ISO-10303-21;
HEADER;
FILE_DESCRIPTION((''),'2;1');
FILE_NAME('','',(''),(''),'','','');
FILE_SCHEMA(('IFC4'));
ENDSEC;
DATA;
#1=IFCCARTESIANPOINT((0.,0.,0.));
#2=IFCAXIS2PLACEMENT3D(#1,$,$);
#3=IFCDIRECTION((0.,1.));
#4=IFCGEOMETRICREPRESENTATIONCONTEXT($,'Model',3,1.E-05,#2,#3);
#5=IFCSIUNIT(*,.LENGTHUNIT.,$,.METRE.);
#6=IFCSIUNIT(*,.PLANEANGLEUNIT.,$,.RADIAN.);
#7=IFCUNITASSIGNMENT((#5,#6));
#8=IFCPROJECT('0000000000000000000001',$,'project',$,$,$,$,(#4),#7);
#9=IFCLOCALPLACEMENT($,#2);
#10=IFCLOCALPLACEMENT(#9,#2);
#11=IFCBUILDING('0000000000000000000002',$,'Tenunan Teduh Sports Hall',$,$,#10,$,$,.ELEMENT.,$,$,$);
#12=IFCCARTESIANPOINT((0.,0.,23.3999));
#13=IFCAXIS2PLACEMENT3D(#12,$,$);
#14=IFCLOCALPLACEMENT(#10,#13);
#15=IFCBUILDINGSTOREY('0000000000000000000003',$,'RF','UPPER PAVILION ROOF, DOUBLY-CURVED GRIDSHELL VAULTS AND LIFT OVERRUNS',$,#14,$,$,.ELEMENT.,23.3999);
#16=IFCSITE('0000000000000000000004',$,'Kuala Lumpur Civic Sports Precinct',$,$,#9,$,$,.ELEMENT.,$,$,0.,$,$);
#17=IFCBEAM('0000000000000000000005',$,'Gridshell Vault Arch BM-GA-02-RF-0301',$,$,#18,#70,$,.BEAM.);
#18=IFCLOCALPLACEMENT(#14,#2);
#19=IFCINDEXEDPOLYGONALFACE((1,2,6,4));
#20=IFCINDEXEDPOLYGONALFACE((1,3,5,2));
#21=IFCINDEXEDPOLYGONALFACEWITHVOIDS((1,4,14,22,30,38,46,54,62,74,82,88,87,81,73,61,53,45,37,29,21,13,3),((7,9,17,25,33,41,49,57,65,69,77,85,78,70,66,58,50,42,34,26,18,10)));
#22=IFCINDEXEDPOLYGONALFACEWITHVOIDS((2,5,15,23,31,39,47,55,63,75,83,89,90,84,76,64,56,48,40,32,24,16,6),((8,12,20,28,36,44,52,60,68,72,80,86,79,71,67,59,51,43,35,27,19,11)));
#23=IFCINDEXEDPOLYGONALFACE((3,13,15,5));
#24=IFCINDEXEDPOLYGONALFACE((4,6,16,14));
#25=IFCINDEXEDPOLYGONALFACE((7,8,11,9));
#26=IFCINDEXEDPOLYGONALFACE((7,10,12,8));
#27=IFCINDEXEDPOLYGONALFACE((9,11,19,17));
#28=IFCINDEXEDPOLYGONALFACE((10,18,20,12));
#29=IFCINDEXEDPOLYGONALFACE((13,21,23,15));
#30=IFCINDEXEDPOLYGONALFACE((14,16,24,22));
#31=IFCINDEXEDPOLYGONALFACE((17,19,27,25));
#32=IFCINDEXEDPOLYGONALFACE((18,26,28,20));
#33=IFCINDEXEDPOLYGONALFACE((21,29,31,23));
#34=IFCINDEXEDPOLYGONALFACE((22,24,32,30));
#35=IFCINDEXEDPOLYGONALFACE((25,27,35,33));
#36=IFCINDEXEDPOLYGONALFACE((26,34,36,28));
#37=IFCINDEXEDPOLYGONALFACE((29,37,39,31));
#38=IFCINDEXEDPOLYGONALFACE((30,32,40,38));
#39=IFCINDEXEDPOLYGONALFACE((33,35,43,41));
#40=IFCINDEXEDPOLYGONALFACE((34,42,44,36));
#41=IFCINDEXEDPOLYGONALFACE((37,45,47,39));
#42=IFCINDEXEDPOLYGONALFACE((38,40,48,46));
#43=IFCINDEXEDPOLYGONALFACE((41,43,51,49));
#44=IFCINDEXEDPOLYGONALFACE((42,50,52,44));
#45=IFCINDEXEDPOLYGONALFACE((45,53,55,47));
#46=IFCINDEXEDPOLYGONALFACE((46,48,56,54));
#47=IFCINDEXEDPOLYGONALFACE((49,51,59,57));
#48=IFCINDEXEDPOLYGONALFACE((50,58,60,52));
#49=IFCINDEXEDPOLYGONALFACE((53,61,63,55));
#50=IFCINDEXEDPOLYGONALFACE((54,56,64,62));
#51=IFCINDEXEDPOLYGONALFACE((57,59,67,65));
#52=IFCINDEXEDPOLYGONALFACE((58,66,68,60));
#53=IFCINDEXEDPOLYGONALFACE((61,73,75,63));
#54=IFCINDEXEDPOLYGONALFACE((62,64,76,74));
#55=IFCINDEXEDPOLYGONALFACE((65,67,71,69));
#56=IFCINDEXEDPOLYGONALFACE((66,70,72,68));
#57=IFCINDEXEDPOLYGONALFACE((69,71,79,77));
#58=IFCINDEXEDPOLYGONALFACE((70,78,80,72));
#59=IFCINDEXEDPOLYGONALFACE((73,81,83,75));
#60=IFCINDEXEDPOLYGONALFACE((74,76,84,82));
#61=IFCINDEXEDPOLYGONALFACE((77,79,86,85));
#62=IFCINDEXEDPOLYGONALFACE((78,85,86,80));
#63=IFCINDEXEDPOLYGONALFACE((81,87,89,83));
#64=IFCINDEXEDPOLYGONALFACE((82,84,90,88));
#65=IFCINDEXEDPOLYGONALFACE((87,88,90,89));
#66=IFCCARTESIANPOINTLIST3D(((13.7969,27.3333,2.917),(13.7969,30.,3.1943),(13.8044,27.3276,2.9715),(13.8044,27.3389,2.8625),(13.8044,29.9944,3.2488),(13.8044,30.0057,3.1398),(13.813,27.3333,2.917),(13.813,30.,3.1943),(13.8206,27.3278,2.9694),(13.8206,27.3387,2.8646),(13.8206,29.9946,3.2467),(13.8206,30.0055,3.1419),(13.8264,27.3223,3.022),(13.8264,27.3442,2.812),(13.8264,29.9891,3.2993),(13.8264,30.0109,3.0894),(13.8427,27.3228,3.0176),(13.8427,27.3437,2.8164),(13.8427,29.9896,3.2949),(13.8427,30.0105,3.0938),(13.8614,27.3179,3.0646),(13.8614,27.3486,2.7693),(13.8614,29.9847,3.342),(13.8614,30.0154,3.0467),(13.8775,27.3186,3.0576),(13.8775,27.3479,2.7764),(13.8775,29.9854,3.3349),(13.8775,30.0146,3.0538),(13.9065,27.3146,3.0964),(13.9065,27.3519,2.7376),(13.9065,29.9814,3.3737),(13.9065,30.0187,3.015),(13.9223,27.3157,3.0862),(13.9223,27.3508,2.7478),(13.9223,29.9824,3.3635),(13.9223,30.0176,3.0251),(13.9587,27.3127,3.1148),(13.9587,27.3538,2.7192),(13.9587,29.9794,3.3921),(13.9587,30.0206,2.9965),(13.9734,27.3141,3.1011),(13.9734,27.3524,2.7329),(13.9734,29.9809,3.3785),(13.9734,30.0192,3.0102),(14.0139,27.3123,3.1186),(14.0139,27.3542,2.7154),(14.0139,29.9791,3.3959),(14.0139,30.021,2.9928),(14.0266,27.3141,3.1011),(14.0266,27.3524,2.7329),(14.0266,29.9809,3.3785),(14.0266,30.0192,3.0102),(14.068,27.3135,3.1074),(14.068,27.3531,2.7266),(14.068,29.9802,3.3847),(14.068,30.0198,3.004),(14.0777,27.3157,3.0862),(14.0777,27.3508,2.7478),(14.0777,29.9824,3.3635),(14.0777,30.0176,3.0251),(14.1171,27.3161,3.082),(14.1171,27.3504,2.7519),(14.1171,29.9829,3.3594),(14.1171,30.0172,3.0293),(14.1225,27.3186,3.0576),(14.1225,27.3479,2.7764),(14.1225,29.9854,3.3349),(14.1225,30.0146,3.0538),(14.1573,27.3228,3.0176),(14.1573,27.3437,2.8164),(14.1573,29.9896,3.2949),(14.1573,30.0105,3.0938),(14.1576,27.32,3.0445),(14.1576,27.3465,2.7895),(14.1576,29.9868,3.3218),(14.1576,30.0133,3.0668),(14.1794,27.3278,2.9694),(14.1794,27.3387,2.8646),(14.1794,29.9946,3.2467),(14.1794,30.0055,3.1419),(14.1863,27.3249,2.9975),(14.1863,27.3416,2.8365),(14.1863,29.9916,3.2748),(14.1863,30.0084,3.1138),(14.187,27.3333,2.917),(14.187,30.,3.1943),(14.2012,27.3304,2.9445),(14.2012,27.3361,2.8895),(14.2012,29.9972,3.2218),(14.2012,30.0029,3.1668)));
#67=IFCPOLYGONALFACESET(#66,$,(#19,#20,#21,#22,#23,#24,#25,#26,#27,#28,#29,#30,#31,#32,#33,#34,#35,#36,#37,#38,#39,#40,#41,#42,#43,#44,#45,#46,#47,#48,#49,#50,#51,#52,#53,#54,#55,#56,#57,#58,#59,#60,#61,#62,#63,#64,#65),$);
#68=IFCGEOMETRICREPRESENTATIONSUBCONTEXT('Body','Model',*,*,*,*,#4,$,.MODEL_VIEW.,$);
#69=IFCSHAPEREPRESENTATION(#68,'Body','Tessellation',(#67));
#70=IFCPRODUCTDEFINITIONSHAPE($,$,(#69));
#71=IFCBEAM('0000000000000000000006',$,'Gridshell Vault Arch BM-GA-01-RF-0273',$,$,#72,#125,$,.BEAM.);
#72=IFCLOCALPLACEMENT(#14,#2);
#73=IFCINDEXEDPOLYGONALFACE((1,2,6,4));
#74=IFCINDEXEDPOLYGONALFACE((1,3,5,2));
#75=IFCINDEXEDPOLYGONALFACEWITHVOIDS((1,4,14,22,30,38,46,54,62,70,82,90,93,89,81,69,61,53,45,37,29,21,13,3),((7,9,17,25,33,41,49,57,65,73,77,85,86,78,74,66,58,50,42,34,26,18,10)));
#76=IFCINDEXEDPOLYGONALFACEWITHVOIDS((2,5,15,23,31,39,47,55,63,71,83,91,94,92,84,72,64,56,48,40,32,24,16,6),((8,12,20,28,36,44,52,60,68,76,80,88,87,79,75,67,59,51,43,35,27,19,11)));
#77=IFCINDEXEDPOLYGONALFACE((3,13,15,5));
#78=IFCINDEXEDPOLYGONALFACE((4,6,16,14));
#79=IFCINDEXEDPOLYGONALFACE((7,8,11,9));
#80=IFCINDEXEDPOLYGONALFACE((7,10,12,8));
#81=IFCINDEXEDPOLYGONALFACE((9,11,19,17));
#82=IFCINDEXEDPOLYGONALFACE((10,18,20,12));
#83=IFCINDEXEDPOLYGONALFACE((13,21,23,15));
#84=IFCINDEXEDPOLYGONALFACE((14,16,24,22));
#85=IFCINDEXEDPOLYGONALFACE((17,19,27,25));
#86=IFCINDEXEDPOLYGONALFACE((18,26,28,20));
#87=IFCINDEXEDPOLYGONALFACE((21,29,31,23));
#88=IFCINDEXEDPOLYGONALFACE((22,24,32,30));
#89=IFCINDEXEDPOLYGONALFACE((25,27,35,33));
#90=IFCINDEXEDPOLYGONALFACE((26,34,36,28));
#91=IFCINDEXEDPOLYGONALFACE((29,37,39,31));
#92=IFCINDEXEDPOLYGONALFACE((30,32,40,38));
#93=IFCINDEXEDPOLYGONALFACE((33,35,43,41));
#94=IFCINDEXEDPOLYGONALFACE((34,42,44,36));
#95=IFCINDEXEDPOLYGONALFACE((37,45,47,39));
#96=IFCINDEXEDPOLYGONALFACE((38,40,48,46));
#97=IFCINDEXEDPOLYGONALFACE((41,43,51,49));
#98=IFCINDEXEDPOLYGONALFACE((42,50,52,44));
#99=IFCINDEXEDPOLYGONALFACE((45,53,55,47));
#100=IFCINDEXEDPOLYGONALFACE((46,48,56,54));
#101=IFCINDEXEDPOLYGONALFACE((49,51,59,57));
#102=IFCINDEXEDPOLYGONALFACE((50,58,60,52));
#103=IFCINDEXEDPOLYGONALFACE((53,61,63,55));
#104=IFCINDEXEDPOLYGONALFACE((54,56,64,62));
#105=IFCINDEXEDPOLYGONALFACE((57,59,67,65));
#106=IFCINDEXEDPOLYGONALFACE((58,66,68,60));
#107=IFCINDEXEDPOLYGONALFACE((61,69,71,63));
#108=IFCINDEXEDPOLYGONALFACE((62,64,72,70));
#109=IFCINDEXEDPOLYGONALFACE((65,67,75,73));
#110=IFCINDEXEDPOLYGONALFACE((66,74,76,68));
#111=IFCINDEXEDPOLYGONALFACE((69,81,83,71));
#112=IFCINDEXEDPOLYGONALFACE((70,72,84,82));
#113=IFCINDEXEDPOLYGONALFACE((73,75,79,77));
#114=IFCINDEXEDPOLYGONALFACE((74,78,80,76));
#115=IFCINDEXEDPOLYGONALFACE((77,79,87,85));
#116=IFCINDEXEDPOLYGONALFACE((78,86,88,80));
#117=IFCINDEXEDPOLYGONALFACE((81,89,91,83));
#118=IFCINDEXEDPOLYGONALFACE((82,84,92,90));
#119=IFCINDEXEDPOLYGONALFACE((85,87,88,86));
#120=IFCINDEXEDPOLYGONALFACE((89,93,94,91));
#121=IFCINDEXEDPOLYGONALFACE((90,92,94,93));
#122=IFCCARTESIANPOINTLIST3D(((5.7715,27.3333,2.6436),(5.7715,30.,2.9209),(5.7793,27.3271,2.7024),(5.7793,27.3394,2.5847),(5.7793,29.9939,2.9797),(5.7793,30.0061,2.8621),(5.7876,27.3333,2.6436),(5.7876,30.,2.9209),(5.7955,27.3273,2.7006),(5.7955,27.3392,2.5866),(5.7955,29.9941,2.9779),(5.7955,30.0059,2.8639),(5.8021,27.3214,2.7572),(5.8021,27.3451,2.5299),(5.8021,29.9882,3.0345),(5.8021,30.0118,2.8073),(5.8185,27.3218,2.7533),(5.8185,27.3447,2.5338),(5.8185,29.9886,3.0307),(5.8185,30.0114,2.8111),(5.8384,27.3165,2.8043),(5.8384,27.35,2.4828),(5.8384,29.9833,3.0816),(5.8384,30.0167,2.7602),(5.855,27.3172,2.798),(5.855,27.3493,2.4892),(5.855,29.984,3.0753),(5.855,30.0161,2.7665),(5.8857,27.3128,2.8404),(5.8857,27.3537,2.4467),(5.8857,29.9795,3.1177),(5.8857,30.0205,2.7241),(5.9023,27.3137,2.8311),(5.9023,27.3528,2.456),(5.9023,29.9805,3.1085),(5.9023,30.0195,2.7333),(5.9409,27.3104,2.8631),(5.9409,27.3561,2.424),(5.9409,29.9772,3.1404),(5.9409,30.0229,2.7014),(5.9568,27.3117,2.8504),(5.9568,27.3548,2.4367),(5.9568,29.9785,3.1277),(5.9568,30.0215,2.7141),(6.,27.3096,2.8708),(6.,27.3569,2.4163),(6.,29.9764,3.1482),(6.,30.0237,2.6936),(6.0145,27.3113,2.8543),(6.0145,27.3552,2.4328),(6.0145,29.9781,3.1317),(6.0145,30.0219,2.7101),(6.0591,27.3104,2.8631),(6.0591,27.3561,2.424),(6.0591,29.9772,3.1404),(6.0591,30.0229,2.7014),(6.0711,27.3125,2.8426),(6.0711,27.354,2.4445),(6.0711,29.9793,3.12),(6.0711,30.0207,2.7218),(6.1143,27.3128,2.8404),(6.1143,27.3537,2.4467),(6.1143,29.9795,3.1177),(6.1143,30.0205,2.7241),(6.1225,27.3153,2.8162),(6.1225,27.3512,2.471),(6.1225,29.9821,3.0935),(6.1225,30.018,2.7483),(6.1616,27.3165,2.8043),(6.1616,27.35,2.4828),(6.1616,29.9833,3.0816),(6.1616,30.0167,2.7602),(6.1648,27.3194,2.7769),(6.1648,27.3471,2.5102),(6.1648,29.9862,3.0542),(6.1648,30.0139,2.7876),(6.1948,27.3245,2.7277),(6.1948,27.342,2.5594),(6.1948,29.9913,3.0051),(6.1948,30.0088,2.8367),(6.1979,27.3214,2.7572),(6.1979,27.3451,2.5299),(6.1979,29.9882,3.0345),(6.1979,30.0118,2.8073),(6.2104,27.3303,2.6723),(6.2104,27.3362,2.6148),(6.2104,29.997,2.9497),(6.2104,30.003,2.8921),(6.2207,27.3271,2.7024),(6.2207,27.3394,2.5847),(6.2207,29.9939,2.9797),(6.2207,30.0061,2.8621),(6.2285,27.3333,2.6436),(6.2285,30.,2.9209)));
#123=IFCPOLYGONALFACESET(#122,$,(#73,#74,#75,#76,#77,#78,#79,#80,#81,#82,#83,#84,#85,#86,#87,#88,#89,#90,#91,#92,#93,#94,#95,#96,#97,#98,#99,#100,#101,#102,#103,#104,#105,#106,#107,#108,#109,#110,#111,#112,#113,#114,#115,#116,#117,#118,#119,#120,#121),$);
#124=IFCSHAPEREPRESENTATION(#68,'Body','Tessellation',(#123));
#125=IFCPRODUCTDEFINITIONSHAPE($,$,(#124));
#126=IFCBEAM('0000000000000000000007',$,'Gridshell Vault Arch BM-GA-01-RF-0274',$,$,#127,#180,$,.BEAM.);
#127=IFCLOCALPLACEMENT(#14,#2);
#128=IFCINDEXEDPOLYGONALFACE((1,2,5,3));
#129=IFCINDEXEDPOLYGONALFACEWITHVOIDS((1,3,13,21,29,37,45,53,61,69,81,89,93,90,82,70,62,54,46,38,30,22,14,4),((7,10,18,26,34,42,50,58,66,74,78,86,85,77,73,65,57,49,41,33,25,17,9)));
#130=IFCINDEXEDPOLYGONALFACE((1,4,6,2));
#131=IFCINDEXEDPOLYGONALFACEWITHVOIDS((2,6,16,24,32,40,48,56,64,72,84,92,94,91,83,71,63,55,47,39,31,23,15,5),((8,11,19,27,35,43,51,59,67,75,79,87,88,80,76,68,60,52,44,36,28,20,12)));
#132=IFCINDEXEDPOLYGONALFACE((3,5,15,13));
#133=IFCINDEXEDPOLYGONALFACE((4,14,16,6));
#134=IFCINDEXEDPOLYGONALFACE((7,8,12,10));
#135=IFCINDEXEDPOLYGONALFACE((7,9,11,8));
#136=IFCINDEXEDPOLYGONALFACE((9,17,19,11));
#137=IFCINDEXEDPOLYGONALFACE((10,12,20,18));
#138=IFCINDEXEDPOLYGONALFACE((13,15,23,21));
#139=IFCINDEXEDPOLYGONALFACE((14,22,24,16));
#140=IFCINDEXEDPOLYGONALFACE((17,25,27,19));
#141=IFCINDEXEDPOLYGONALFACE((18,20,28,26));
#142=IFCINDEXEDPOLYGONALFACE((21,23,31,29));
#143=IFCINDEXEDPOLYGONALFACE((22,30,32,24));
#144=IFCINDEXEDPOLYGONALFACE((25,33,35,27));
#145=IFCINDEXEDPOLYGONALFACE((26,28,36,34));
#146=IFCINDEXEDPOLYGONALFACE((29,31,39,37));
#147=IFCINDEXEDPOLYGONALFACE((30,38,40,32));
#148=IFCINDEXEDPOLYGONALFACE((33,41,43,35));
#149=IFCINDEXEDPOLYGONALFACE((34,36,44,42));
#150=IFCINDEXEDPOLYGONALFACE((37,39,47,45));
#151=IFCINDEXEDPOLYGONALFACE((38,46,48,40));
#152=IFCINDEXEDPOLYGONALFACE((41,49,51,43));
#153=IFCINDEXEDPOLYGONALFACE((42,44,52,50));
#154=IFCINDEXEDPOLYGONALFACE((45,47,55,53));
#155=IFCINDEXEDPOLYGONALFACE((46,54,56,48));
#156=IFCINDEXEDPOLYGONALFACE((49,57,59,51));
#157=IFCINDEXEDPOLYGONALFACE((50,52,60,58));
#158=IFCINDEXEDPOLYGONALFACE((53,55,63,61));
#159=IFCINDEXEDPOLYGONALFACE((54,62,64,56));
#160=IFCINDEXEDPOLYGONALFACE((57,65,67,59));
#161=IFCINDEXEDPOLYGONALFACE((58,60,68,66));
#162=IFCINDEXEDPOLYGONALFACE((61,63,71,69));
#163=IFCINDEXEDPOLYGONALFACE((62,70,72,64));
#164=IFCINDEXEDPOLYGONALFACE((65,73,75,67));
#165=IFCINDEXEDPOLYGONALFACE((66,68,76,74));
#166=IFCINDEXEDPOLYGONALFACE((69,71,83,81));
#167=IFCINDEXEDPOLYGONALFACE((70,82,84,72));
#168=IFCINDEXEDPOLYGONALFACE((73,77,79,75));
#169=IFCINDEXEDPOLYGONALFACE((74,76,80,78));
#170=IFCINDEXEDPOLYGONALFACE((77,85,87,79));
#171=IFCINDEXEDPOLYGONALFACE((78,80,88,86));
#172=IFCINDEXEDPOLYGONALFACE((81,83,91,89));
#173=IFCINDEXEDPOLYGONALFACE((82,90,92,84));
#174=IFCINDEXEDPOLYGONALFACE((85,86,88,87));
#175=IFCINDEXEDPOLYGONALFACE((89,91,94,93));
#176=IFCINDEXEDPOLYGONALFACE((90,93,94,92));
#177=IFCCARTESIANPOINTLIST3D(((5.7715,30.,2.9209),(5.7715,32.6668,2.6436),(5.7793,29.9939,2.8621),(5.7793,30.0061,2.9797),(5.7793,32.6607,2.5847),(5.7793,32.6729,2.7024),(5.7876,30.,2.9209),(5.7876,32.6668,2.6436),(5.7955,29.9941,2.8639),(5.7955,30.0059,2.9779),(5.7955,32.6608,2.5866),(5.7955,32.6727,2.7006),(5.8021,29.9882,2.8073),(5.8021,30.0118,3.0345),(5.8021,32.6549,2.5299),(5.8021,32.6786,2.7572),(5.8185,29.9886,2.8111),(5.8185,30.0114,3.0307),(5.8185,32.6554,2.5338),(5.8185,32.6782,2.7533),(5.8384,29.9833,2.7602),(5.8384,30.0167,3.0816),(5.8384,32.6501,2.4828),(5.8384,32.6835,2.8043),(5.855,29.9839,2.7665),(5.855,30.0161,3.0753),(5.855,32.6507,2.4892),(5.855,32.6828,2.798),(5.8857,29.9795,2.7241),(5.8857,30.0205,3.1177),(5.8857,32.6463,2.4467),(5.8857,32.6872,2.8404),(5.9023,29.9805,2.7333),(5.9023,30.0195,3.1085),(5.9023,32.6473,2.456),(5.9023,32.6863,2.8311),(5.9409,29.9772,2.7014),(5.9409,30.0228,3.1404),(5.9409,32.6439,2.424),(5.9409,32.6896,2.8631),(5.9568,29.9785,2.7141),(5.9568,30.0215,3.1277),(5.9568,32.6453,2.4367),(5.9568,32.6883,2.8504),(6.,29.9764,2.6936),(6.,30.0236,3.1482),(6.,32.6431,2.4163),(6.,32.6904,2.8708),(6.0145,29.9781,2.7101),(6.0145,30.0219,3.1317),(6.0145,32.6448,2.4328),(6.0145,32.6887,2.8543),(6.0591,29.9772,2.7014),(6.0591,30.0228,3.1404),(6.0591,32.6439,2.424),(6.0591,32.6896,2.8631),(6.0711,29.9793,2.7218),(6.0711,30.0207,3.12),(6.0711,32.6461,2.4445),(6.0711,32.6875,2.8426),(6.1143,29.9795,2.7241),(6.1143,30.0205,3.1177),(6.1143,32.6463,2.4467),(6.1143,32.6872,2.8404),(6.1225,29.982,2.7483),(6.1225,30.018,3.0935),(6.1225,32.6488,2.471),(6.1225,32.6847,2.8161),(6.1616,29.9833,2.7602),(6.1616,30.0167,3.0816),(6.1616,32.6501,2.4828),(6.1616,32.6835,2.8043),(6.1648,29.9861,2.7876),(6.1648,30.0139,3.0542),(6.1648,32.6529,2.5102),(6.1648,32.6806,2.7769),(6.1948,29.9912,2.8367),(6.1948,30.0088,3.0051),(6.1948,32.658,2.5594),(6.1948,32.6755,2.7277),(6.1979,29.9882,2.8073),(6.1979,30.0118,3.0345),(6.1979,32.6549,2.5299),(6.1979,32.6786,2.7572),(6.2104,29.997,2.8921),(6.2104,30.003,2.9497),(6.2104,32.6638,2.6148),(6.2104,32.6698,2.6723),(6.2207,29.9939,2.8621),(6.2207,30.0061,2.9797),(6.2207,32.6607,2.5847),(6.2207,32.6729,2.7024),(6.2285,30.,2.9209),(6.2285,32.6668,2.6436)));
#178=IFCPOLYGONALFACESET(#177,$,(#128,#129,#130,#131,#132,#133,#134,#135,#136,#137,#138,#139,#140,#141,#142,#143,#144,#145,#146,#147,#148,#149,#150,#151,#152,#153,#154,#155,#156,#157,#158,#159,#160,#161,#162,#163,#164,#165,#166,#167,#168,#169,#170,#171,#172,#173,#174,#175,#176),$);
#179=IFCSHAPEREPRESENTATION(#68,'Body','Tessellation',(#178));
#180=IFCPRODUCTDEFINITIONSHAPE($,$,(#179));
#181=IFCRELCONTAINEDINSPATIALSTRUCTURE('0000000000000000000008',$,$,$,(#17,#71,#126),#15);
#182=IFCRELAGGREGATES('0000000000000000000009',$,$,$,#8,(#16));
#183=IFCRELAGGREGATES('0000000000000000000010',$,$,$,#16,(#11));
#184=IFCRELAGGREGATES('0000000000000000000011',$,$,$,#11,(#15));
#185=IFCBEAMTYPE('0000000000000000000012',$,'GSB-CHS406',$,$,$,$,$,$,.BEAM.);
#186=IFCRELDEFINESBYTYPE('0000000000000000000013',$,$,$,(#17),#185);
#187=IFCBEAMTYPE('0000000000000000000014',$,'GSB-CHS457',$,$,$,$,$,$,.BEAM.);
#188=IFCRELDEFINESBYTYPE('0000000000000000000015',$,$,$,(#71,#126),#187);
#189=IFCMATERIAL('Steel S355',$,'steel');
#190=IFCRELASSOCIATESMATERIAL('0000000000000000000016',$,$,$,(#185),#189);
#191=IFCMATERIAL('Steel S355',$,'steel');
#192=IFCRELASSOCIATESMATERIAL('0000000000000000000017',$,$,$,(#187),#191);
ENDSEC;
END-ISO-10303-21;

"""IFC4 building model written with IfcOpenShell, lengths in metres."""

from ifc_helpers import new_model, si_unit, direction, frame, origin, origin_2d, place, context, subcontext, project, spatial, hollow_circle, extrude, material, material_profile, profile_set, type_object, element, save


model = new_model("IFC4")

# Units and contexts
model_context = context("Model", 3, precision=1e-05, world=origin(), true_north=direction((0.0, 1.0)))
body_context = subcontext(model_context, "Body", "Model", "MODEL_VIEW")
ifc_project = project(units=[si_unit("LENGTHUNIT", "METRE"), si_unit("PLANEANGLEUNIT", "RADIAN")], contexts=[model_context])

# Site, building, storey
site_placement = place(None, origin())
site = spatial("IfcSite", under=ifc_project, at=site_placement, Name="Kuala Lumpur Civic Sports Precinct", CompositionType="ELEMENT", RefElevation=0.0)
building_placement = place(site_placement, origin())
building = spatial("IfcBuilding", under=site, at=building_placement, Name="Tenunan Teduh Sports Hall", CompositionType="ELEMENT")
storey_placement = place(building_placement, frame((0.0, 0.0, 23.3999)))
storey = spatial("IfcBuildingStorey", under=building, at=storey_placement, Name="RF", Description="UPPER PAVILION ROOF, DOUBLY-CURVED GRIDSHELL VAULTS AND LIFT OVERRUNS", CompositionType="ELEMENT", Elevation=23.3999)

# Beams
ifc_material_1 = material(Name="Steel S355", Category="steel")
ifc_material_profile_1 = material_profile(ifc_material_1, hollow_circle(Radius=0.2031, WallThickness=0.0161, at=origin_2d()), Name="CHS 406.4x16.0")
ifc_profile_set_1 = profile_set([ifc_material_profile_1], Name="Steel S355")
beam_type_1 = type_object("IfcBeamType", Name="GSB-CHS406", PredefinedType="BEAM", material=ifc_profile_set_1)
beam_1_placement = place(storey_placement, frame((14.0, 27.3333, 2.917), z_axis=(0.0, 0.994635, 0.103443), x_axis=(-1.0, 0.0, 0.0)))
element("IfcBeam", 1, at=beam_1_placement, inside=storey, type_object=beam_type_1, Name="Gridshell Vault Arch BM-GA-02-RF-0301", PredefinedType="BEAM", context=body_context, shape_type="SweptSolid", body=[
    extrude(hollow_circle(Radius=0.2031, WallThickness=0.0161, at=origin_2d()), origin(), (0.0, 0.0, 1.0), 2.6812),
])
ifc_material_2 = material(Name="Steel S355", Category="steel")
ifc_material_profile_2 = material_profile(ifc_material_2, hollow_circle(Radius=0.2285, WallThickness=0.0161, at=origin_2d()), Name="CHS 457.0x16.0")
ifc_profile_set_2 = profile_set([ifc_material_profile_2], Name="Steel S355")
beam_type_2 = type_object("IfcBeamType", Name="GSB-CHS457", PredefinedType="BEAM", material=ifc_profile_set_2)
for number, where, z_axis, x_axis, name in (
    (2, (6.0, 27.3333, 2.6436), (0.0, 0.994635, 0.103443), (-1.0, 0.0, 0.0), "Gridshell Vault Arch BM-GA-01-RF-0273"),
    (3, (6.0, 30.0, 2.9209), (0.0, 0.994635, -0.103443), (-1.0, 0.0, 0.0), "Gridshell Vault Arch BM-GA-01-RF-0274"),
):
    element("IfcBeam", number, at=place(storey_placement, frame(where, z_axis=z_axis, x_axis=x_axis)), inside=storey, type_object=beam_type_2, Name=name, PredefinedType="BEAM", context=body_context, shape_type="SweptSolid", body=[
        extrude(hollow_circle(Radius=0.2285, WallThickness=0.0161, at=origin_2d()), origin(), (0.0, 0.0, 1.0), 2.6812),
    ])

save(model, "model.ifc")
